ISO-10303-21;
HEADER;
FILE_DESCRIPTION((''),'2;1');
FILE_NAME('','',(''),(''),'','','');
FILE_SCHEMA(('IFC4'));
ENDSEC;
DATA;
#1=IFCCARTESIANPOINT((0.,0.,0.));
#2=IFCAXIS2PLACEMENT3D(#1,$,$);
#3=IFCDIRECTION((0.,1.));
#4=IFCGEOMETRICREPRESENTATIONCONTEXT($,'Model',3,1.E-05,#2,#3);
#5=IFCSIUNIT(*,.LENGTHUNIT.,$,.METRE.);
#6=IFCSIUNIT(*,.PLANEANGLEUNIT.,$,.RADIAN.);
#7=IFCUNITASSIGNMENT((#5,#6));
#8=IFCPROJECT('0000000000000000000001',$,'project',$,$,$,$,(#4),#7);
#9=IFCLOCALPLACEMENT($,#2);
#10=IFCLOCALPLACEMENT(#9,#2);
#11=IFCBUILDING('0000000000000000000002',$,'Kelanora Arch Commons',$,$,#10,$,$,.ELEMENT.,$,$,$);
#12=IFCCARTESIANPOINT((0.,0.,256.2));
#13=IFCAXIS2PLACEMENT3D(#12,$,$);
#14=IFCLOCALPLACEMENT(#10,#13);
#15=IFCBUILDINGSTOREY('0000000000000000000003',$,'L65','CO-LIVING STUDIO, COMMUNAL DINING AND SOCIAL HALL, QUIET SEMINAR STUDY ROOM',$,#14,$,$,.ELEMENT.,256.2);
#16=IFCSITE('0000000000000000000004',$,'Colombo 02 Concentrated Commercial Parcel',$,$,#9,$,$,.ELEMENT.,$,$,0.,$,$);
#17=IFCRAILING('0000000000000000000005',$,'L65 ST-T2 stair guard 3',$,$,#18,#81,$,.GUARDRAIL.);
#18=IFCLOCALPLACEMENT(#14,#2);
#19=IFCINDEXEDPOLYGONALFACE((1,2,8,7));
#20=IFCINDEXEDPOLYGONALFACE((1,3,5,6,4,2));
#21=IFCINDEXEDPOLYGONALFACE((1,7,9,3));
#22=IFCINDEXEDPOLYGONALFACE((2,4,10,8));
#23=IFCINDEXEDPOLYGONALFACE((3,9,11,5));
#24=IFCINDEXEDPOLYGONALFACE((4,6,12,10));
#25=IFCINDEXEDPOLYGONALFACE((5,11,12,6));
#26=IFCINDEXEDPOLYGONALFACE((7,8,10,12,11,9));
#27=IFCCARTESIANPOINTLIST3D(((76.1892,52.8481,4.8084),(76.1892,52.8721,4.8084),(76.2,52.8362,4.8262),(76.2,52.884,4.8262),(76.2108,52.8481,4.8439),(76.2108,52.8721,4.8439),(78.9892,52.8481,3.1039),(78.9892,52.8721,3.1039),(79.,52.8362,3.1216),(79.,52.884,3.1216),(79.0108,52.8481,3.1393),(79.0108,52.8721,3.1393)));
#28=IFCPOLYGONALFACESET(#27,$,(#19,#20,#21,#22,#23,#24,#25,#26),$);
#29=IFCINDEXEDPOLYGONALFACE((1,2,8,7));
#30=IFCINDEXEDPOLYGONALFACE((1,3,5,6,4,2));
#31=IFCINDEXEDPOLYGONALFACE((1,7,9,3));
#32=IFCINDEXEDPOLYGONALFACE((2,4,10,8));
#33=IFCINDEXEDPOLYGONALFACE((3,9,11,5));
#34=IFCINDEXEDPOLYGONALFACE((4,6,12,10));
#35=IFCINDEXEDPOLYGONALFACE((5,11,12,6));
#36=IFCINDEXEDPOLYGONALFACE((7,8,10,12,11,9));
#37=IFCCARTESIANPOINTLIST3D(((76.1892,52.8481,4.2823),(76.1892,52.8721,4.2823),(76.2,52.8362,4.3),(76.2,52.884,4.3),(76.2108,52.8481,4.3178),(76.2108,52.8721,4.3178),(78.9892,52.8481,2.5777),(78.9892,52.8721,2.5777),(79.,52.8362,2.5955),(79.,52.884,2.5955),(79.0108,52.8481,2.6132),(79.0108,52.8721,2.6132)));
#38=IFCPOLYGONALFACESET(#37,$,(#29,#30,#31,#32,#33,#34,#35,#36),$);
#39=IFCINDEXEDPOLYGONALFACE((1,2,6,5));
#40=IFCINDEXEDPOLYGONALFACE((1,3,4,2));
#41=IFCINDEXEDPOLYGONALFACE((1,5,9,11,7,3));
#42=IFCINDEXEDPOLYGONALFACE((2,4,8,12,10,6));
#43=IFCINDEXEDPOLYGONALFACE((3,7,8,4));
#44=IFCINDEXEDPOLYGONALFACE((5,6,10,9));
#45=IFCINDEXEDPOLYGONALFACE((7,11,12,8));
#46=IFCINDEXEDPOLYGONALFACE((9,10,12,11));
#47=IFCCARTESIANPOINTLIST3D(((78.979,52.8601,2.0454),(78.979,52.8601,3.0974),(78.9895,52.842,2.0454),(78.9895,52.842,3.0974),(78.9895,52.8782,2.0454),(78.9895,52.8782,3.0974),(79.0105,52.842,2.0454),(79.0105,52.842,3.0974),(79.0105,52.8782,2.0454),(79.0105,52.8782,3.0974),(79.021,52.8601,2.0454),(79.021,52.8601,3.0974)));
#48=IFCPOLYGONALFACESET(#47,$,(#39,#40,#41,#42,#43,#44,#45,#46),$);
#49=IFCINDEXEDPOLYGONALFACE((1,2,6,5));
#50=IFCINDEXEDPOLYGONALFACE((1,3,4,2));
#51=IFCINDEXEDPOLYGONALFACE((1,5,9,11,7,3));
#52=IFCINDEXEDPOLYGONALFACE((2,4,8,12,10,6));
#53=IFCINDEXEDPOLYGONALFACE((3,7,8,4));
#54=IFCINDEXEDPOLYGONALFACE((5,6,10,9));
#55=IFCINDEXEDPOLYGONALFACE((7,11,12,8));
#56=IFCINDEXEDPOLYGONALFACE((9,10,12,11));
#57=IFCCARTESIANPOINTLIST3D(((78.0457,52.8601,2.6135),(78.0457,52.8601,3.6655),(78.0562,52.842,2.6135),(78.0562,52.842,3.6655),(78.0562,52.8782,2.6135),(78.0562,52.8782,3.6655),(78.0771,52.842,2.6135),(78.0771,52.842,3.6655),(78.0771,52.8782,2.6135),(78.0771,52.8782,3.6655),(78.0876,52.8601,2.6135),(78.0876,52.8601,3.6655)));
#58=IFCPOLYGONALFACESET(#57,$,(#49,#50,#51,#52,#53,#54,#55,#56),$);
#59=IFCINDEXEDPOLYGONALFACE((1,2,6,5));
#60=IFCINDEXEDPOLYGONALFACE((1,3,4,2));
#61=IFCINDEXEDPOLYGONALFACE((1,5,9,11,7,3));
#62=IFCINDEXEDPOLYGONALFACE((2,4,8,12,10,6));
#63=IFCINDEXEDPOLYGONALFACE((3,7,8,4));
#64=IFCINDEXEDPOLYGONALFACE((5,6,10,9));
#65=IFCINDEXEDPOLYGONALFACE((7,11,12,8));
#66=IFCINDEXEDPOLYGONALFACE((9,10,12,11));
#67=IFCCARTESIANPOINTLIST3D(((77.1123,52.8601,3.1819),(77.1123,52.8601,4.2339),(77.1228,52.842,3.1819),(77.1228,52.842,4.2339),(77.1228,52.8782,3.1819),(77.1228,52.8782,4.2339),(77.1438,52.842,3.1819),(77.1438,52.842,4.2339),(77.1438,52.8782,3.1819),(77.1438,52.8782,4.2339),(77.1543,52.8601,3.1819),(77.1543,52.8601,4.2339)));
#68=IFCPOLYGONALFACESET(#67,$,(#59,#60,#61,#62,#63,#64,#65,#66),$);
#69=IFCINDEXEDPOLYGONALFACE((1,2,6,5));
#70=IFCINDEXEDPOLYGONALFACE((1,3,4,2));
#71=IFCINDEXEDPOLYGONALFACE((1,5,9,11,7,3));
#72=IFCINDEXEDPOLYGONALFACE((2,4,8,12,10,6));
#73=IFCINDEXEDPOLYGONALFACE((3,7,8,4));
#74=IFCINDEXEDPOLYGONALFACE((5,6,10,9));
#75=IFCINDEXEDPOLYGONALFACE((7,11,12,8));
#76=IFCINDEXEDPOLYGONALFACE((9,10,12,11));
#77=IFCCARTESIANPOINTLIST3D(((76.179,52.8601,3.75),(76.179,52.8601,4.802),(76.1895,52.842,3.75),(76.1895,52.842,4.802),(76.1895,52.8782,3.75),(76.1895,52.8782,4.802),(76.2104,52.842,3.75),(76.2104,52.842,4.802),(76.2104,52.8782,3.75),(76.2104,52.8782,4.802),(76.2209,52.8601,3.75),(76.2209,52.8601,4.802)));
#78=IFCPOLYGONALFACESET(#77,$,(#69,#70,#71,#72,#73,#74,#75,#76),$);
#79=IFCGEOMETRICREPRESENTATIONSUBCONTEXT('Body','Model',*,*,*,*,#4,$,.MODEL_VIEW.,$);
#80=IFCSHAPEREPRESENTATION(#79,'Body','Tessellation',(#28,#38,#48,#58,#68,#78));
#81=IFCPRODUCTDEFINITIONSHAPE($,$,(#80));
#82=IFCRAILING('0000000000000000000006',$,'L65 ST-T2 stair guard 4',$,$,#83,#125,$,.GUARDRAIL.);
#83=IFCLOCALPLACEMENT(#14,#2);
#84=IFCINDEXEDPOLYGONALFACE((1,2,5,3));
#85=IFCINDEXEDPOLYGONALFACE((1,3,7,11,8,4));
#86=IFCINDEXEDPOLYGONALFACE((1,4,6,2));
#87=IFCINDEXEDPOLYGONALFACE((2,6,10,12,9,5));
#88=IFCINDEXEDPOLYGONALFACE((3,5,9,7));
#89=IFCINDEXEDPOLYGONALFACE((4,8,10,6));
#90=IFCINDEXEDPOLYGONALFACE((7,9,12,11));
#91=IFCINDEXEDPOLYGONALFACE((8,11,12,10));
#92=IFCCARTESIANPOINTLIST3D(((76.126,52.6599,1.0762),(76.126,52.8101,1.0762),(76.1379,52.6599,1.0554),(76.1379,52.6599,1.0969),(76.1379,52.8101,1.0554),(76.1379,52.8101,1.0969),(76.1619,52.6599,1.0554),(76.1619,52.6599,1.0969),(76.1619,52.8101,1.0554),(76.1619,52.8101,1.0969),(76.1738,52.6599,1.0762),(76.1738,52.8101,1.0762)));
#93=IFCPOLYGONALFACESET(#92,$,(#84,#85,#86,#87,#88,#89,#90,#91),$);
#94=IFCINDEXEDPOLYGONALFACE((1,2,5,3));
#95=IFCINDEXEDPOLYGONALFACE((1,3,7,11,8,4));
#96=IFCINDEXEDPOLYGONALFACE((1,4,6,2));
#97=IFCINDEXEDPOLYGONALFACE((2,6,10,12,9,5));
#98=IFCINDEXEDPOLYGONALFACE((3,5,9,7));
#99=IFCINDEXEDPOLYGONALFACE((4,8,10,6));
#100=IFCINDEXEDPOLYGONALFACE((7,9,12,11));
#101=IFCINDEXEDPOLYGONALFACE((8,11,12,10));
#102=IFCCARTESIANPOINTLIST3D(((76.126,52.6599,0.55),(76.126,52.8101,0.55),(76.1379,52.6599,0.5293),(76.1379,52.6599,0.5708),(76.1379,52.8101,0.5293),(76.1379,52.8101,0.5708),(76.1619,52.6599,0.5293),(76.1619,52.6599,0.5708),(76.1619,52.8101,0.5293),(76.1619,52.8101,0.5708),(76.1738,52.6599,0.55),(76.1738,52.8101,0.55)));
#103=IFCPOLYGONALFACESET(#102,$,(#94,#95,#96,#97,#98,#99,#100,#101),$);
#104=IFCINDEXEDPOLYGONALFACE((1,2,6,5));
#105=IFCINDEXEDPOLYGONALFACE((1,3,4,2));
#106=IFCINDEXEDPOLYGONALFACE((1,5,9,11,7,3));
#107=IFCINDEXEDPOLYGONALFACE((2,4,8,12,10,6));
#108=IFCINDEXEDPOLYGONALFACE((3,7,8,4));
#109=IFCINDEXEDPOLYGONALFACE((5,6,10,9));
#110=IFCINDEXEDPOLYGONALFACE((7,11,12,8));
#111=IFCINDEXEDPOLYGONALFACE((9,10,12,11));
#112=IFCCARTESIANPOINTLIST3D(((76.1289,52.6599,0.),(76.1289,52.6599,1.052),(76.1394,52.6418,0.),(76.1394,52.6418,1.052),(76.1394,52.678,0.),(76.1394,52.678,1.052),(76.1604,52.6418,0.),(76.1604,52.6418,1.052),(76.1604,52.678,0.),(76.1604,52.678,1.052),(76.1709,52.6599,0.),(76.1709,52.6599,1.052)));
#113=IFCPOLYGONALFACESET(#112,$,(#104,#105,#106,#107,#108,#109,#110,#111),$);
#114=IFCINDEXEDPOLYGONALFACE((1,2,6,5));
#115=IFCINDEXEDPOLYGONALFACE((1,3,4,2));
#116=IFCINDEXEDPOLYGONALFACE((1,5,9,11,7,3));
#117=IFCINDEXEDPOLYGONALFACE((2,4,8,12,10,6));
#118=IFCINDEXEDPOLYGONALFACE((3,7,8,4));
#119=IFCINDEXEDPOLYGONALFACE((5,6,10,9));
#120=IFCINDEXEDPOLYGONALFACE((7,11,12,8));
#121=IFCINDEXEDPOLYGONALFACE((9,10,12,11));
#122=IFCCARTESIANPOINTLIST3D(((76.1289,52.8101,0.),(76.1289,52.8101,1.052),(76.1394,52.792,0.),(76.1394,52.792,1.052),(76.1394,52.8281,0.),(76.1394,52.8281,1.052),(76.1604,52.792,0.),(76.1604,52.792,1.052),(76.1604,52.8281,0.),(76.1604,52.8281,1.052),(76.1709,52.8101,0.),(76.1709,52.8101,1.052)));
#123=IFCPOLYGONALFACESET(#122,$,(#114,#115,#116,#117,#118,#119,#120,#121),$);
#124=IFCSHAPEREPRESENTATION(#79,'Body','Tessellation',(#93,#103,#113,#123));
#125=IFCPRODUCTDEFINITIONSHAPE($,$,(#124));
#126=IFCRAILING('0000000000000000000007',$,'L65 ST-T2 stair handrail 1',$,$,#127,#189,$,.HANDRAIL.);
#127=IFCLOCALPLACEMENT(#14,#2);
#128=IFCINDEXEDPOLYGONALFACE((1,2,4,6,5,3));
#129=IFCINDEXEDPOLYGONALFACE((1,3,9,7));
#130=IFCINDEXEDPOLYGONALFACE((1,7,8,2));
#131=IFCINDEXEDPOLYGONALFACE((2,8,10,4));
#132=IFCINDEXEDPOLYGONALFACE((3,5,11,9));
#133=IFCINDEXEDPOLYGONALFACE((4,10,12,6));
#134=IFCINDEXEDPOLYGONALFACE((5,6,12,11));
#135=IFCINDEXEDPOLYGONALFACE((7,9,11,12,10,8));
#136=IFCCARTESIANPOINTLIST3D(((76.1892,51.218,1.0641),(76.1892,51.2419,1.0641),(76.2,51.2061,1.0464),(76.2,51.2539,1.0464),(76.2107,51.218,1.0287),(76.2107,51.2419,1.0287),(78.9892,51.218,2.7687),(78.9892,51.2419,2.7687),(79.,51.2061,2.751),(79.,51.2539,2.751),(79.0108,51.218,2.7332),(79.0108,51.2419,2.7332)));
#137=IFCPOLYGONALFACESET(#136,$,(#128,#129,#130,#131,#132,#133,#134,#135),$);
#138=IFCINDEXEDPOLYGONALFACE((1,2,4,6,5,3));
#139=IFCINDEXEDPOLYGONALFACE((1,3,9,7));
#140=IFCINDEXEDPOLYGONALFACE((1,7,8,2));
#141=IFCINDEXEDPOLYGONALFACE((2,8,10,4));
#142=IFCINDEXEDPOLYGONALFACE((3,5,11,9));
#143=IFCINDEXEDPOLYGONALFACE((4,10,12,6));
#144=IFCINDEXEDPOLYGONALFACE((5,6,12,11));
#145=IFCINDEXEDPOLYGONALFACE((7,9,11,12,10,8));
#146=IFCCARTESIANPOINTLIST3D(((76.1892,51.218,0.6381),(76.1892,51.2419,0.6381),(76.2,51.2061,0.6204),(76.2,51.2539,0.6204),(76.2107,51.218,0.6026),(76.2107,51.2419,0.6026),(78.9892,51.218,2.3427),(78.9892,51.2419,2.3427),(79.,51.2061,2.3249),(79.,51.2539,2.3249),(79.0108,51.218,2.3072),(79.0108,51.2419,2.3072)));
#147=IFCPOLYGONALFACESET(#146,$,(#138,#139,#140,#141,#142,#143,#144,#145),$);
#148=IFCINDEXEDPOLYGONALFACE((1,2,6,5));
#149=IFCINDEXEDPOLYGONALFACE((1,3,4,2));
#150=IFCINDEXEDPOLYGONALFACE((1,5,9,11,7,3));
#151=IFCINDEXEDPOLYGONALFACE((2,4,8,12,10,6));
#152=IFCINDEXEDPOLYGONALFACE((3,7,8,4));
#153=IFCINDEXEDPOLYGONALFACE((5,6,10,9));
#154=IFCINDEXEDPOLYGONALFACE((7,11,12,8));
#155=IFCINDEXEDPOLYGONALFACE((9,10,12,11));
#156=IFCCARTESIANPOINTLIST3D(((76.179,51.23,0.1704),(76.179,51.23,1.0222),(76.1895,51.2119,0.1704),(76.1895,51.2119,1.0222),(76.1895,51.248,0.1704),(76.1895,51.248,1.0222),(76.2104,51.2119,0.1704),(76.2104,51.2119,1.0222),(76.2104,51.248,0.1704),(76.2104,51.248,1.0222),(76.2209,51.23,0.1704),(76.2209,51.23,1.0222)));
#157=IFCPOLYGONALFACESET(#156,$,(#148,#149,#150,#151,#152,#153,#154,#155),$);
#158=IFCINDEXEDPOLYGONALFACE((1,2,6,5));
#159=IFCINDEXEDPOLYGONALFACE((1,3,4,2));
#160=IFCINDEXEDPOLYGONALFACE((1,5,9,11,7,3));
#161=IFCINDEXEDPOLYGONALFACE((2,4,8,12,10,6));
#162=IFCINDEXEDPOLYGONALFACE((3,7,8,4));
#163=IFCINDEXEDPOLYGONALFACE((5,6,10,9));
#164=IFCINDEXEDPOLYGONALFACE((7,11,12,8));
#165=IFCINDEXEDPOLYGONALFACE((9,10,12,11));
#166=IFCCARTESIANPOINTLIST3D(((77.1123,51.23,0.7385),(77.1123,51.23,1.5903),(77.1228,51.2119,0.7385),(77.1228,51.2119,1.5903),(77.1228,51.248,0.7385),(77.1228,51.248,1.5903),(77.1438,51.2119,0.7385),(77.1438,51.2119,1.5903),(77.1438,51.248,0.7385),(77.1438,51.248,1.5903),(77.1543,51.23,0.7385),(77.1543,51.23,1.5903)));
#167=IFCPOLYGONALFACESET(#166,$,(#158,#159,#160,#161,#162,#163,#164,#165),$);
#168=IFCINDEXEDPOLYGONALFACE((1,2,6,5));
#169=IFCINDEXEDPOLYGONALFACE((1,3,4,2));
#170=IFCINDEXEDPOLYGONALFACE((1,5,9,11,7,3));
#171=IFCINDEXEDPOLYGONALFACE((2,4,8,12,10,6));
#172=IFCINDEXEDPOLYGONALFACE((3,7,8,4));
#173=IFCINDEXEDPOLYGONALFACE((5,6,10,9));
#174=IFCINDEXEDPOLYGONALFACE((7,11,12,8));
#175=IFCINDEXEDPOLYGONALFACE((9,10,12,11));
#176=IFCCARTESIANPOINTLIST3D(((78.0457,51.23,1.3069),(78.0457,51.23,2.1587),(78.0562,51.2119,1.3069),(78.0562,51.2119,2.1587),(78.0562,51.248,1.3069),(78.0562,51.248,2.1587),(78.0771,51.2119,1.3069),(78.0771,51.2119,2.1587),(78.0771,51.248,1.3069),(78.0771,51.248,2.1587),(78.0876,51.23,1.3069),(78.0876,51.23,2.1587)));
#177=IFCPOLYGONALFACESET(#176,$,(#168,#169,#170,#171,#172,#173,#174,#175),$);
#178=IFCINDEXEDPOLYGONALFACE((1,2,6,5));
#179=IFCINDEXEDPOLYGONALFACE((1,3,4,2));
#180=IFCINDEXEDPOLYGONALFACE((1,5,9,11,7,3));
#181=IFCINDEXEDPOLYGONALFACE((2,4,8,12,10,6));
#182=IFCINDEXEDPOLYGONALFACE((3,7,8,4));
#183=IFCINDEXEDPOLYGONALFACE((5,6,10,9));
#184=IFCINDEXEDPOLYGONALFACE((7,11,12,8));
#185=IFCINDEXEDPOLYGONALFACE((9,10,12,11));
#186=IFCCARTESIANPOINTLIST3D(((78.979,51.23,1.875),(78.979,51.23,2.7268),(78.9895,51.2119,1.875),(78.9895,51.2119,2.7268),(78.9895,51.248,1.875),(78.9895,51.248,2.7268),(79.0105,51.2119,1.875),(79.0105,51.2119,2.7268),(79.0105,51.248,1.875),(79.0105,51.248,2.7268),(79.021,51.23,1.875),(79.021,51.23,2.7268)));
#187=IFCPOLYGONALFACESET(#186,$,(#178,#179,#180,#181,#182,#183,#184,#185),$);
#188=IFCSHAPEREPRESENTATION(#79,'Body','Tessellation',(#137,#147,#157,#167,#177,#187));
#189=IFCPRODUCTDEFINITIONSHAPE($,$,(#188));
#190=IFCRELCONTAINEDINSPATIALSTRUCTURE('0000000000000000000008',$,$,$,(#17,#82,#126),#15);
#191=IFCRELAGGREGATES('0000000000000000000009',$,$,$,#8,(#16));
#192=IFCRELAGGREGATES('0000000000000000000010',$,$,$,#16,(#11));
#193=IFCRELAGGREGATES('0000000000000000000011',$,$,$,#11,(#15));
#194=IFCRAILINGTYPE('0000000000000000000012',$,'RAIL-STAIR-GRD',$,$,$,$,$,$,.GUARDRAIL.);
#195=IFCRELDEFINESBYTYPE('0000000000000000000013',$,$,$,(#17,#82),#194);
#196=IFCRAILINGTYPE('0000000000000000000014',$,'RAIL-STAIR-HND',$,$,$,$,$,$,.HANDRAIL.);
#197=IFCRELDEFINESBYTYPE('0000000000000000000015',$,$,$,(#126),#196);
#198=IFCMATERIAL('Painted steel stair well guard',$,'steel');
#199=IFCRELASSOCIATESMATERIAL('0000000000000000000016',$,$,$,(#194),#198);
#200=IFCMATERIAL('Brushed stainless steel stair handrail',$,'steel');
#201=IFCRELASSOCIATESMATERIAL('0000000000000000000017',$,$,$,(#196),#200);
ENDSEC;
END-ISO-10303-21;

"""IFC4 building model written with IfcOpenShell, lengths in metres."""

from ifc_helpers import new_model, si_unit, direction, frame, origin, place, context, subcontext, project, spatial, polyline, outline, extrude, material, type_object, element, save


model = new_model("IFC4")

# Units and contexts
model_context = context("Model", 3, precision=1e-05, world=origin(), true_north=direction((0.0, 1.0)))
body_context = subcontext(model_context, "Body", "Model", "MODEL_VIEW")
ifc_project = project(units=[si_unit("LENGTHUNIT", "METRE"), si_unit("PLANEANGLEUNIT", "RADIAN")], contexts=[model_context])

# Site, building, storey
site_placement = place(None, origin())
site = spatial("IfcSite", under=ifc_project, at=site_placement, Name="Colombo 02 Concentrated Commercial Parcel", CompositionType="ELEMENT", RefElevation=0.0)
building_placement = place(site_placement, origin())
building = spatial("IfcBuilding", under=site, at=building_placement, Name="Kelanora Arch Commons", CompositionType="ELEMENT")
storey_placement = place(building_placement, frame((0.0, 0.0, 256.2)))
storey = spatial("IfcBuildingStorey", under=building, at=storey_placement, Name="L65", Description="CO-LIVING STUDIO, COMMUNAL DINING AND SOCIAL HALL, QUIET SEMINAR STUDY ROOM", CompositionType="ELEMENT", Elevation=256.2)

# Railings
ifc_material_1 = material(Name="Painted steel stair well guard", Category="steel")
railing_type_1 = type_object("IfcRailingType", Name="RAIL-STAIR-GRD", PredefinedType="GUARDRAIL", material=ifc_material_1)
railing_1_placement = place(storey_placement, frame((79.0, 52.8601, 2.0454)))
element("IfcRailing", 1, at=railing_1_placement, inside=storey, type_object=railing_type_1, Name="L65 ST-T2 stair guard 3", PredefinedType="GUARDRAIL", context=body_context, shape_type="SweptSolid", body=[
    extrude(outline(polyline([(0.0239, 0.0), (0.012, 0.0208), (-0.012, 0.0208), (-0.0239, 0.0), (-0.012, -0.0208), (0.012, -0.0208), (0.0239, 0.0)])), frame((0.0, 0.0, 1.0762), z_axis=(-0.85417, 0.0, 0.519994), x_axis=(0.0, -1.0, 0.0)), (0.0, 0.0, 1.0), 3.2781),
    extrude(outline(polyline([(0.0239, 0.0), (0.012, 0.0208), (-0.012, 0.0208), (-0.0239, 0.0), (-0.012, -0.0208), (0.012, -0.0208), (0.0239, 0.0)])), frame((0.0, 0.0, 0.55), z_axis=(-0.85417, 0.0, 0.519994), x_axis=(0.0, -1.0, 0.0)), (0.0, 0.0, 1.0), 3.2781),
    extrude(outline(polyline([(0.021, 0.0), (0.0105, 0.0181), (-0.0105, 0.0181), (-0.021, 0.0), (-0.0105, -0.0181), (0.0105, -0.0181), (0.021, 0.0)])), origin(), (0.0, 0.0, 1.0), 1.052),
    extrude(outline(polyline([(0.021, 0.0), (0.0105, 0.0181), (-0.0105, 0.0181), (-0.021, 0.0), (-0.0105, -0.0181), (0.0105, -0.0181), (0.021, 0.0)])), frame((-0.9333, 0.0, 0.5681)), (0.0, 0.0, 1.0), 1.052),
    extrude(outline(polyline([(0.021, 0.0), (0.0105, 0.0181), (-0.0105, 0.0181), (-0.021, 0.0), (-0.0105, -0.0181), (0.0105, -0.0181), (0.021, 0.0)])), frame((-1.8667, 0.0, 1.1365)), (0.0, 0.0, 1.0), 1.052),
    extrude(outline(polyline([(0.021, 0.0), (0.0105, 0.0181), (-0.0105, 0.0181), (-0.021, 0.0), (-0.0105, -0.0181), (0.0105, -0.0181), (0.021, 0.0)])), frame((-2.8, 0.0, 1.7046)), (0.0, 0.0, 1.0), 1.052),
])
railing_2_placement = place(storey_placement, frame((76.1499, 52.6599, 0.0)))
element("IfcRailing", 2, at=railing_2_placement, inside=storey, type_object=railing_type_1, Name="L65 ST-T2 stair guard 4", PredefinedType="GUARDRAIL", context=body_context, shape_type="SweptSolid", body=[
    extrude(outline(polyline([(0.0239, 0.0), (0.012, 0.0208), (-0.012, 0.0208), (-0.0239, 0.0), (-0.012, -0.0208), (0.012, -0.0208), (0.0239, 0.0)])), frame((0.0, 0.0, 1.0762), z_axis=(0.0, 1.0, 0.0), x_axis=(-1.0, 0.0, 0.0)), (0.0, 0.0, 1.0), 0.1501),
    extrude(outline(polyline([(0.0239, 0.0), (0.012, 0.0208), (-0.012, 0.0208), (-0.0239, 0.0), (-0.012, -0.0208), (0.012, -0.0208), (0.0239, 0.0)])), frame((0.0, 0.0, 0.55), z_axis=(0.0, 1.0, 0.0), x_axis=(-1.0, 0.0, 0.0)), (0.0, 0.0, 1.0), 0.1501),
    extrude(outline(polyline([(0.021, 0.0), (0.0105, 0.0181), (-0.0105, 0.0181), (-0.021, 0.0), (-0.0105, -0.0181), (0.0105, -0.0181), (0.021, 0.0)])), origin(), (0.0, 0.0, 1.0), 1.052),
    extrude(outline(polyline([(0.021, 0.0), (0.0105, 0.0181), (-0.0105, 0.0181), (-0.021, 0.0), (-0.0105, -0.0181), (0.0105, -0.0181), (0.021, 0.0)])), frame((0.0, 0.1501, 0.0)), (0.0, 0.0, 1.0), 1.052),
])
ifc_material_2 = material(Name="Brushed stainless steel stair handrail", Category="steel")
railing_type_2 = type_object("IfcRailingType", Name="RAIL-STAIR-HND", PredefinedType="HANDRAIL", material=ifc_material_2)
railing_3_placement = place(storey_placement, frame((76.2, 51.23, 0.1704)))
element("IfcRailing", 3, at=railing_3_placement, inside=storey, type_object=railing_type_2, Name="L65 ST-T2 stair handrail 1", PredefinedType="HANDRAIL", context=body_context, shape_type="SweptSolid", body=[
    extrude(outline(polyline([(0.0239, 0.0), (0.012, 0.0208), (-0.012, 0.0208), (-0.0239, 0.0), (-0.012, -0.0208), (0.012, -0.0208), (0.0239, 0.0)])), frame((0.0, 0.0, 0.876), z_axis=(0.85417, 0.0, 0.519994), x_axis=(0.0, 1.0, 0.0)), (0.0, 0.0, 1.0), 3.2781),
    extrude(outline(polyline([(0.0239, 0.0), (0.012, 0.0208), (-0.012, 0.0208), (-0.0239, 0.0), (-0.012, -0.0208), (0.012, -0.0208), (0.0239, 0.0)])), frame((0.0, 0.0, 0.45), z_axis=(0.85417, 0.0, 0.519994), x_axis=(0.0, 1.0, 0.0)), (0.0, 0.0, 1.0), 3.2781),
    extrude(outline(polyline([(0.021, 0.0), (0.0105, 0.0181), (-0.0105, 0.0181), (-0.021, 0.0), (-0.0105, -0.0181), (0.0105, -0.0181), (0.021, 0.0)])), origin(), (0.0, 0.0, 1.0), 0.8518),
    extrude(outline(polyline([(0.021, 0.0), (0.0105, 0.0181), (-0.0105, 0.0181), (-0.021, 0.0), (-0.0105, -0.0181), (0.0105, -0.0181), (0.021, 0.0)])), frame((0.9333, 0.0, 0.5681)), (0.0, 0.0, 1.0), 0.8518),
    extrude(outline(polyline([(0.021, 0.0), (0.0105, 0.0181), (-0.0105, 0.0181), (-0.021, 0.0), (-0.0105, -0.0181), (0.0105, -0.0181), (0.021, 0.0)])), frame((1.8667, 0.0, 1.1365)), (0.0, 0.0, 1.0), 0.8518),
    extrude(outline(polyline([(0.021, 0.0), (0.0105, 0.0181), (-0.0105, 0.0181), (-0.021, 0.0), (-0.0105, -0.0181), (0.0105, -0.0181), (0.021, 0.0)])), frame((2.8, 0.0, 1.7046)), (0.0, 0.0, 1.0), 0.8518),
])

save(model, "model.ifc")
